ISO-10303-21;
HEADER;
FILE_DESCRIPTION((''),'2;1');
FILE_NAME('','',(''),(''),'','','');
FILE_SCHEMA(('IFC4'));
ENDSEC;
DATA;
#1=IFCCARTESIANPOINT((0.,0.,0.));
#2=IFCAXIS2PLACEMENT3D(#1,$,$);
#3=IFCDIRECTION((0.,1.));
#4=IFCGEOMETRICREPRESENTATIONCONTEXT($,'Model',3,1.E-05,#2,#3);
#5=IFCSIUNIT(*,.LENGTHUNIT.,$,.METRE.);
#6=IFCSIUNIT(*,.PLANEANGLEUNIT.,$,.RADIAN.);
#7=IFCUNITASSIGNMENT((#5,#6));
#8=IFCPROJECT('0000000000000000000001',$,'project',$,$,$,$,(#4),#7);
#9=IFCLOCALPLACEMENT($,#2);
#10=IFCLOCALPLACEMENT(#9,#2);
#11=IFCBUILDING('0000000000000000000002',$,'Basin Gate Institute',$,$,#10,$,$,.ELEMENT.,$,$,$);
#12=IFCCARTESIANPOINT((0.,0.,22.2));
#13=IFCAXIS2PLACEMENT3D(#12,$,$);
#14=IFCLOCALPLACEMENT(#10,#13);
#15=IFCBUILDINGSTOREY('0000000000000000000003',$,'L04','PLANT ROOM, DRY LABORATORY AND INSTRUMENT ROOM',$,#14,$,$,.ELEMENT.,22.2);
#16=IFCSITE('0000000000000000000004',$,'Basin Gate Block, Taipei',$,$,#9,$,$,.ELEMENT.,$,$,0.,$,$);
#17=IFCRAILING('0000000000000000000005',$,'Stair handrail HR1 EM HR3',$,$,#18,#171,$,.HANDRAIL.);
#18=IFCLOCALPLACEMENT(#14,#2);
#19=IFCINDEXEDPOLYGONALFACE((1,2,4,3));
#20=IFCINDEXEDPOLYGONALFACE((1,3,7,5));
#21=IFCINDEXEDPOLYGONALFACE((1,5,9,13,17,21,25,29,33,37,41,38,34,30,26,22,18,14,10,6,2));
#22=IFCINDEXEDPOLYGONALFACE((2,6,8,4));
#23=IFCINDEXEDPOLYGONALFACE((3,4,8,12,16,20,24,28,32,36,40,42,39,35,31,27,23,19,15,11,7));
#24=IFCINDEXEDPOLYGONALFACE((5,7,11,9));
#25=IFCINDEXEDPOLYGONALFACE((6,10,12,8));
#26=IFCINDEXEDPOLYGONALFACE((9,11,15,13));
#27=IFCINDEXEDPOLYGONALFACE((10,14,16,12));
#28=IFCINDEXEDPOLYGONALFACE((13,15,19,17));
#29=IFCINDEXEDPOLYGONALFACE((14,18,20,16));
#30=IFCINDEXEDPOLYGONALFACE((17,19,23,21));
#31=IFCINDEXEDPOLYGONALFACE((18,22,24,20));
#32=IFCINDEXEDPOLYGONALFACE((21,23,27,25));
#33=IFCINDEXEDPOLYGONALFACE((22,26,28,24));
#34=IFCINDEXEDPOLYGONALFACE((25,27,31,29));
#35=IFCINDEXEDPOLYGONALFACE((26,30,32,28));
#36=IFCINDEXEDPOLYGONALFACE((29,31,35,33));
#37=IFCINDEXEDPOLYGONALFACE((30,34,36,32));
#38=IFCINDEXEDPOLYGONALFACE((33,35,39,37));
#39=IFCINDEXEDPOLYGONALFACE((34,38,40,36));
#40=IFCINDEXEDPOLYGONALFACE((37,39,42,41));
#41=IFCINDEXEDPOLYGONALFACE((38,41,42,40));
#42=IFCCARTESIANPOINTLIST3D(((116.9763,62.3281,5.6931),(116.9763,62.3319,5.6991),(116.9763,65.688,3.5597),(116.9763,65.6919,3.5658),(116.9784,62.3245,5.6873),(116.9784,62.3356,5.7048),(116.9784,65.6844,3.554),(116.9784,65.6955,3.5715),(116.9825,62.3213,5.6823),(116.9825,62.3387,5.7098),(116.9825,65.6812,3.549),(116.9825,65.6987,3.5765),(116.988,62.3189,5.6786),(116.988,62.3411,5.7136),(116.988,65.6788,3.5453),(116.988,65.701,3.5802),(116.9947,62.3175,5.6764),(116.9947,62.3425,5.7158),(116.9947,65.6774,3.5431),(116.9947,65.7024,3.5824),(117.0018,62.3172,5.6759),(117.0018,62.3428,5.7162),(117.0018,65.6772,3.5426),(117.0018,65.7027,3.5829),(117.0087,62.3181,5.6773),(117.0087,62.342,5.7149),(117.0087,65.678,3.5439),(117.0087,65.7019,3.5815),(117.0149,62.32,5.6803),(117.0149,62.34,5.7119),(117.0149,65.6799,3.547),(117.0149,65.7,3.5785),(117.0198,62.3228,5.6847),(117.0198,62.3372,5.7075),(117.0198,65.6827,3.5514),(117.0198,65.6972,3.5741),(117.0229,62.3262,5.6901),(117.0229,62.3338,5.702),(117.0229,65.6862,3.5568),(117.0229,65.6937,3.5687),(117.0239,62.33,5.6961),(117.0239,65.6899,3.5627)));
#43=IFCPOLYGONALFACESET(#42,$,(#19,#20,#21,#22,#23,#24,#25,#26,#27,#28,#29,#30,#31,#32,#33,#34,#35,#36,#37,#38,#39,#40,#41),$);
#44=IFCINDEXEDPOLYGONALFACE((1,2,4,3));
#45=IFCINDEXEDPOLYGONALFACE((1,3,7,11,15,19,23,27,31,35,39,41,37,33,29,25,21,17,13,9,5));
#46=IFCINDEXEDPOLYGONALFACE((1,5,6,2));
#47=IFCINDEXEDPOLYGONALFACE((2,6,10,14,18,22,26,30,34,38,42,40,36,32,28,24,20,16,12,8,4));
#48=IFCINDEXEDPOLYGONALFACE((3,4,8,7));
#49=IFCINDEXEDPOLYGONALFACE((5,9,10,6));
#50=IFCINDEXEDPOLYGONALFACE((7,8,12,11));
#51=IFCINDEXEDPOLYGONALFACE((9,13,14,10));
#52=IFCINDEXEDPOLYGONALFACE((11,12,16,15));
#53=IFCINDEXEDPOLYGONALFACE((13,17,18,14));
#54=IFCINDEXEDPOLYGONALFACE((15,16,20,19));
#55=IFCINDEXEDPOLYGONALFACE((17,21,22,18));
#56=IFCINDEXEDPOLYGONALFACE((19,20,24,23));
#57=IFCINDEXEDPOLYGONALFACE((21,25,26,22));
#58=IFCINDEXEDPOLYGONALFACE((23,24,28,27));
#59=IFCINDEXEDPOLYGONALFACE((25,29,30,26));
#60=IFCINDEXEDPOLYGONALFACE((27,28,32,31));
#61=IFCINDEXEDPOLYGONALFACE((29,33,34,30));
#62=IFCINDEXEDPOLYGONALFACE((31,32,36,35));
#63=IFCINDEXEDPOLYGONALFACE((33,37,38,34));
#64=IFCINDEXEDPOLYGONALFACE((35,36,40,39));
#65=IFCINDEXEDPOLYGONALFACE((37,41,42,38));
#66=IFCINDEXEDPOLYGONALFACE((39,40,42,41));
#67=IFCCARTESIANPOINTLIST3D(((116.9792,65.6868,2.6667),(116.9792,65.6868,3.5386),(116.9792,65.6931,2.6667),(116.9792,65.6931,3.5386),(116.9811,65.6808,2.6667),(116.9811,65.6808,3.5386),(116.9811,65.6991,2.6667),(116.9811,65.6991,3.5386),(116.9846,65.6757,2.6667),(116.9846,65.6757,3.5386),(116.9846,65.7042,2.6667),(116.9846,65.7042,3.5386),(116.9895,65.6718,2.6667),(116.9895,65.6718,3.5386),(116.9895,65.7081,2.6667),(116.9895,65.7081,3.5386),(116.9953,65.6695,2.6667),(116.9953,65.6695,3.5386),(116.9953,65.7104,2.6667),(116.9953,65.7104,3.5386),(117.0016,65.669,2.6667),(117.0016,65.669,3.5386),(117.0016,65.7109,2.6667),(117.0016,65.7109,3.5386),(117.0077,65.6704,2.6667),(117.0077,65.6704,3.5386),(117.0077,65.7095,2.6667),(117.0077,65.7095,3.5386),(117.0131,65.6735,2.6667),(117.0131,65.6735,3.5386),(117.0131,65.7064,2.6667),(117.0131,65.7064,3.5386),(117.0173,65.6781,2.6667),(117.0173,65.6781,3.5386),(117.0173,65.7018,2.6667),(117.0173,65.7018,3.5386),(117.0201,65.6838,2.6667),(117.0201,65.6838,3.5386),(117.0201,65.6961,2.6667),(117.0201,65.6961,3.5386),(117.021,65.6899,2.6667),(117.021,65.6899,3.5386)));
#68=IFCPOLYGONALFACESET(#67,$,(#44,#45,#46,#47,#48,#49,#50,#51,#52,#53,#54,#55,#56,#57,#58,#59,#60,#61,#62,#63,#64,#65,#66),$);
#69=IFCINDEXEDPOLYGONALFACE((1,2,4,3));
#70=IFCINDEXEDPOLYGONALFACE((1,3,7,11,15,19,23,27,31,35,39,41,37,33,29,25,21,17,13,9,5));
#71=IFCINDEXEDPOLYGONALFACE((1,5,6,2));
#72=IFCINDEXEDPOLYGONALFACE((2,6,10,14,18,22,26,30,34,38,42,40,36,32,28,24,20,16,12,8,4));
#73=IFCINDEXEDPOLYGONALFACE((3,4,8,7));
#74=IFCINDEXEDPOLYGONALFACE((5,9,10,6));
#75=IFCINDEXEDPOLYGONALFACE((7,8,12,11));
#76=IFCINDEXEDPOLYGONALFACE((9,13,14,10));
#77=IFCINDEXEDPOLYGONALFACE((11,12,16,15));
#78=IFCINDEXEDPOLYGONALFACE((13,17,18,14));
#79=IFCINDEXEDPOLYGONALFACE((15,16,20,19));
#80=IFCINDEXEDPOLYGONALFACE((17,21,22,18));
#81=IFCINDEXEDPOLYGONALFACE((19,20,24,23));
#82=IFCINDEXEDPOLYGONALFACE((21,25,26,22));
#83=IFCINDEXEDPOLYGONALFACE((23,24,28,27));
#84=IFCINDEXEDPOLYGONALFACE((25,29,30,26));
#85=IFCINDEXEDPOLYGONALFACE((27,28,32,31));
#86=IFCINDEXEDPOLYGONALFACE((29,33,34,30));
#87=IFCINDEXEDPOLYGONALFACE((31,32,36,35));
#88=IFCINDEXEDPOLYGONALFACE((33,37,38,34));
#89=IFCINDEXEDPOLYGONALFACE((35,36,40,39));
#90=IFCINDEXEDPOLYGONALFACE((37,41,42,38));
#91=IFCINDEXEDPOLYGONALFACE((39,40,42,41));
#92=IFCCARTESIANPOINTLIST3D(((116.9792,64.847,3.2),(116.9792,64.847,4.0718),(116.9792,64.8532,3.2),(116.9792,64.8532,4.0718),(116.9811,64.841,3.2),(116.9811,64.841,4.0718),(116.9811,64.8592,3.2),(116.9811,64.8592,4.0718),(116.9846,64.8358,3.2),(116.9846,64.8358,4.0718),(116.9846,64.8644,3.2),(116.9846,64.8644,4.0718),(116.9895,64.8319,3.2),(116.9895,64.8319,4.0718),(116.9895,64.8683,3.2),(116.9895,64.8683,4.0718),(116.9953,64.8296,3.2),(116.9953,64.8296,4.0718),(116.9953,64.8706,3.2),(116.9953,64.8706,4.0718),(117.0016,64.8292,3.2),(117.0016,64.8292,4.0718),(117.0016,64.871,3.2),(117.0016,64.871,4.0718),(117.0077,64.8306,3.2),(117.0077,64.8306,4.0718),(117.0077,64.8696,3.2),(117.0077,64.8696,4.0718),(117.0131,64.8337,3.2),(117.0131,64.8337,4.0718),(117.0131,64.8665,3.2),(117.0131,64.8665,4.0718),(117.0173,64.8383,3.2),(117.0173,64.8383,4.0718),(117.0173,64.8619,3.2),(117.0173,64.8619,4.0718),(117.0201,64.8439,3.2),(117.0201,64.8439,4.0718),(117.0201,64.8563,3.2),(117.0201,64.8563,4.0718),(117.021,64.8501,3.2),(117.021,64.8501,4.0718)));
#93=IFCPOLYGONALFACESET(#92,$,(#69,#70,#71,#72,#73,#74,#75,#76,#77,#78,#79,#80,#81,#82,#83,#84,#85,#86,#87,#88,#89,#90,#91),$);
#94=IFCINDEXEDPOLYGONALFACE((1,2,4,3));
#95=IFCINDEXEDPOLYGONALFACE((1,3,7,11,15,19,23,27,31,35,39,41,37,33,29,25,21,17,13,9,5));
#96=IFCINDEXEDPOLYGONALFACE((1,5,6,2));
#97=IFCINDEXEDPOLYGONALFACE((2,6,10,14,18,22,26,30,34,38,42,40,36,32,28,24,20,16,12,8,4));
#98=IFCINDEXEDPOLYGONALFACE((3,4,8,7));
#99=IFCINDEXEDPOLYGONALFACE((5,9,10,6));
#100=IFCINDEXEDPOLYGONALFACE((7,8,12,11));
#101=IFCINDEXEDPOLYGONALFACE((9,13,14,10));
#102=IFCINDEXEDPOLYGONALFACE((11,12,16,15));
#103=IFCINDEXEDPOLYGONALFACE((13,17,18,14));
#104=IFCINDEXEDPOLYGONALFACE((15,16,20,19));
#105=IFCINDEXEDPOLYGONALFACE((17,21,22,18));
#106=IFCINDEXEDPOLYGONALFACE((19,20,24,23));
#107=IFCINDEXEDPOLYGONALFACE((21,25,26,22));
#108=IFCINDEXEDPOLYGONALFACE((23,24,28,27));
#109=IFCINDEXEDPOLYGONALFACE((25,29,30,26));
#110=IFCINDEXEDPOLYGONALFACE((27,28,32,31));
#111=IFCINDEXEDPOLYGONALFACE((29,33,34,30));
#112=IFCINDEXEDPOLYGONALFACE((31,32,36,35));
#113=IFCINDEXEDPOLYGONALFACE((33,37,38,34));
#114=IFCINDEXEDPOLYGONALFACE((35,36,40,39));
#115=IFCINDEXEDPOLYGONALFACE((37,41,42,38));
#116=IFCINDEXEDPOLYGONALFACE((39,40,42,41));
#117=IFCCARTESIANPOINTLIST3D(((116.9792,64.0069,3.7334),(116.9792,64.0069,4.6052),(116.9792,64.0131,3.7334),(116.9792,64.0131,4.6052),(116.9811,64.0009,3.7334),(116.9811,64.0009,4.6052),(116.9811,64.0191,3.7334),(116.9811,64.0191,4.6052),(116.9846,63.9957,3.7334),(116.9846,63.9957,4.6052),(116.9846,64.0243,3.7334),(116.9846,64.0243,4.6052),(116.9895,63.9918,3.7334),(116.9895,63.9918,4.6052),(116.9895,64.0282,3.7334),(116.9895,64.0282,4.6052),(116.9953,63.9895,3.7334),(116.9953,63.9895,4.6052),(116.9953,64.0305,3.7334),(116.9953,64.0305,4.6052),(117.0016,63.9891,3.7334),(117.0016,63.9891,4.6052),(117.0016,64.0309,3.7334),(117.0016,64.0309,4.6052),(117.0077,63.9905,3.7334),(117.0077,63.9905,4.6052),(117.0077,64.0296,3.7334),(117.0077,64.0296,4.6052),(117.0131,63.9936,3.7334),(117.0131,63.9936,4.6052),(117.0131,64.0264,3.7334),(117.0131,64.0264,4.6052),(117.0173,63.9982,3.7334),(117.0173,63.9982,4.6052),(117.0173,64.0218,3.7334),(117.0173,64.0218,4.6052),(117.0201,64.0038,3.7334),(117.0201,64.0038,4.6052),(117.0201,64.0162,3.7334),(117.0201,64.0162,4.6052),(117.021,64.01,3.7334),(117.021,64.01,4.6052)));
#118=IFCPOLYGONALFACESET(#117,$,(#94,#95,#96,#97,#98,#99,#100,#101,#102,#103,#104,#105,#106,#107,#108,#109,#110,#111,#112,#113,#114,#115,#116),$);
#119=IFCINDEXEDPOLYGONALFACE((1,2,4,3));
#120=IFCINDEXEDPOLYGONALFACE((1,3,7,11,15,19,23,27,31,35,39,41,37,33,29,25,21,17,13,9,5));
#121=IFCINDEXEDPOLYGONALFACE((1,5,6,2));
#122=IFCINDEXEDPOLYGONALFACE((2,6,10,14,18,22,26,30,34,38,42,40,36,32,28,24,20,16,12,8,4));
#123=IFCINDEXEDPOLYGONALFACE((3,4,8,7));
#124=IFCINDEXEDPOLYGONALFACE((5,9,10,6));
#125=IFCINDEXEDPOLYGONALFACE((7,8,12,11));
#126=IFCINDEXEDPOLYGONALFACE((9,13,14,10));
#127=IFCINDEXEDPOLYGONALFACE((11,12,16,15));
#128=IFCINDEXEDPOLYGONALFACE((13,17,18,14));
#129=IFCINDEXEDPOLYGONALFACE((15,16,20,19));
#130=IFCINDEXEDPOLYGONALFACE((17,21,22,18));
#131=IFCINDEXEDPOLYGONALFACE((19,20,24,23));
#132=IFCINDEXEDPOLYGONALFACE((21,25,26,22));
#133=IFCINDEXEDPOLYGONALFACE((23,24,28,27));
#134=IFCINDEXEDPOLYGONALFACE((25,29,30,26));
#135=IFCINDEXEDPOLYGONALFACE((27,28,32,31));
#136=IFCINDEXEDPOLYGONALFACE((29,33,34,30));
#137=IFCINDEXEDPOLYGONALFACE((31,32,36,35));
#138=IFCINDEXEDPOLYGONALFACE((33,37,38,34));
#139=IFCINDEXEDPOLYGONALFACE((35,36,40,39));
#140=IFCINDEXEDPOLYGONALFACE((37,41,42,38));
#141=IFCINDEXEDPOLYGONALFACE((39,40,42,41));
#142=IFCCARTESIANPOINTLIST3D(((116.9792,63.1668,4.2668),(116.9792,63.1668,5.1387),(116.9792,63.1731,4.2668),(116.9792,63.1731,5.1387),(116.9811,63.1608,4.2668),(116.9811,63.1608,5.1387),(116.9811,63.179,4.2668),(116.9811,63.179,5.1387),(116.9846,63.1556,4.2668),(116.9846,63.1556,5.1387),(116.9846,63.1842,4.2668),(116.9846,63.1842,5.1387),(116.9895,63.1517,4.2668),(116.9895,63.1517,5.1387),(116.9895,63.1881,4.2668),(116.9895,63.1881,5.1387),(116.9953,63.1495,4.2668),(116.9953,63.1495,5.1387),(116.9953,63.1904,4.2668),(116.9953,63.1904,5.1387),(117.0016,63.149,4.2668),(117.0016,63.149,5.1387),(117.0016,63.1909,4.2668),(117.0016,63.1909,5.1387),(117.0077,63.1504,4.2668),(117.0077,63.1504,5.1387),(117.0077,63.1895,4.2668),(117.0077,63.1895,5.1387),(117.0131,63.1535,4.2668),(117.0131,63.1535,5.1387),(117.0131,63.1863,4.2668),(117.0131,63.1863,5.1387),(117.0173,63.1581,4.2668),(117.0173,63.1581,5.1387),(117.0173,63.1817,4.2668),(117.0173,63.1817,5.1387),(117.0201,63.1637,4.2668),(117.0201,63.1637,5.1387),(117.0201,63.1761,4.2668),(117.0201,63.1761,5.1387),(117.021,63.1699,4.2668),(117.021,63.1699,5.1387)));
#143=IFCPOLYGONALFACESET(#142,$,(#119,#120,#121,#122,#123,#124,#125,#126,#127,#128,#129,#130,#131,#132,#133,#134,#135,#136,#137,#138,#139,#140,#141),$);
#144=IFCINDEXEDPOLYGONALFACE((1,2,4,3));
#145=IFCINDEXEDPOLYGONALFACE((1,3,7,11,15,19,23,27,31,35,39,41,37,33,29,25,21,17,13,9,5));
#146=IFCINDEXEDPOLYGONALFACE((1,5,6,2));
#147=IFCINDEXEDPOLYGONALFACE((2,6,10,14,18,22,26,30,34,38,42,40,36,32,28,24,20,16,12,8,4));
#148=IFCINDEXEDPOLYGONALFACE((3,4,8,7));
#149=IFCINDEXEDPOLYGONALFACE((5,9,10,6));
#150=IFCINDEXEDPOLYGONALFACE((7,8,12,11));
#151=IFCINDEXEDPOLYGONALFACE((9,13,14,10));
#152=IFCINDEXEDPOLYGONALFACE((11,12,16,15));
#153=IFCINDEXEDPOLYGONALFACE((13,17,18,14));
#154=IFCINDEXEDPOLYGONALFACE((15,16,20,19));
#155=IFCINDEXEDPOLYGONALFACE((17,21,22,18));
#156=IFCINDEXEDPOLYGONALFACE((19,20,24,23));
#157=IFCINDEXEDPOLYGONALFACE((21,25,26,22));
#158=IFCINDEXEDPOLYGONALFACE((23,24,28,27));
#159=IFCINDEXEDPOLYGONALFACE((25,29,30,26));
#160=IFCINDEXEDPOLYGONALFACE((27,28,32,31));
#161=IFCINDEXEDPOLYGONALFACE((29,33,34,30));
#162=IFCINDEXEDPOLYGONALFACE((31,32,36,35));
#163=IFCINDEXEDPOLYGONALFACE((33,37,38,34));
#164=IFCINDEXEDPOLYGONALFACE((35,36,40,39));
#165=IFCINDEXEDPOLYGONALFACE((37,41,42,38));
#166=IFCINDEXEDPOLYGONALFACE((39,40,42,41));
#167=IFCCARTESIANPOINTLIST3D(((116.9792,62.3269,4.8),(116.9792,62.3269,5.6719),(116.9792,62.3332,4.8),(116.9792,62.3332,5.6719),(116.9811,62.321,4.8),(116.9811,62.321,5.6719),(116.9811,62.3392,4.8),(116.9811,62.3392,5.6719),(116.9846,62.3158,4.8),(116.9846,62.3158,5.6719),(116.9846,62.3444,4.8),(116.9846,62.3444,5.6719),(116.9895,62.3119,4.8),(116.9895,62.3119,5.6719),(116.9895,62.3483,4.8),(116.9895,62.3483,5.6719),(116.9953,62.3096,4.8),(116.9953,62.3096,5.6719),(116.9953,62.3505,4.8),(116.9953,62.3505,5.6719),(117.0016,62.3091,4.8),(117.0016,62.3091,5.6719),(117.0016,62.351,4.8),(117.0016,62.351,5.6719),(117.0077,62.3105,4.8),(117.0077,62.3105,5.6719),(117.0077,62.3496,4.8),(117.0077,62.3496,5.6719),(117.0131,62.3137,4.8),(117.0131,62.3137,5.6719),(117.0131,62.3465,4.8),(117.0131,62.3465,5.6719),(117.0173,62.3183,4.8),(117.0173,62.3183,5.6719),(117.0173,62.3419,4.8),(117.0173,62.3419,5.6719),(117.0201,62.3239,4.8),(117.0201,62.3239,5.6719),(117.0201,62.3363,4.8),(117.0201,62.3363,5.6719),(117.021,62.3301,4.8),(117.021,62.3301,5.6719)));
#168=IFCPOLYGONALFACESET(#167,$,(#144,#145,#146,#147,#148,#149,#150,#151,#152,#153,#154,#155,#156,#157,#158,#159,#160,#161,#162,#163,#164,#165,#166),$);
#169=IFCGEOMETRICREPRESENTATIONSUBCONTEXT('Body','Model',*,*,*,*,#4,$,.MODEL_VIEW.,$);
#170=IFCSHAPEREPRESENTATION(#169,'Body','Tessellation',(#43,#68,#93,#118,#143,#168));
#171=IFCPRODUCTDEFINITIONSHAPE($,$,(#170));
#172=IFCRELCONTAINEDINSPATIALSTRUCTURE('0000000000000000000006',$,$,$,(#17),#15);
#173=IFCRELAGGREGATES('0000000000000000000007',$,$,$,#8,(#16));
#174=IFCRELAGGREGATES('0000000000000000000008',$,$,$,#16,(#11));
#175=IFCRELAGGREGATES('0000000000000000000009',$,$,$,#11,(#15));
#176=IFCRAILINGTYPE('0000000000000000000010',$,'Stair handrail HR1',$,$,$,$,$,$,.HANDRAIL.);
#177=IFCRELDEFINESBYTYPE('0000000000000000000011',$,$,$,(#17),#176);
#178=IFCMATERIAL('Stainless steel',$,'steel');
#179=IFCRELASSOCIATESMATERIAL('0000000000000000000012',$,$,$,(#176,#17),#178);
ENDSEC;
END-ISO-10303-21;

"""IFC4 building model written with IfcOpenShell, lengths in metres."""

from ifc_helpers import new_model, si_unit, direction, frame, origin, origin_2d, place, context, subcontext, project, spatial, circle, extrude, material, type_object, element, save


model = new_model("IFC4")

# Units and contexts
model_context = context("Model", 3, precision=1e-05, world=origin(), true_north=direction((0.0, 1.0)))
body_context = subcontext(model_context, "Body", "Model", "MODEL_VIEW")
ifc_project = project(units=[si_unit("LENGTHUNIT", "METRE"), si_unit("PLANEANGLEUNIT", "RADIAN")], contexts=[model_context])

# Site, building, storey
site_placement = place(None, origin())
site = spatial("IfcSite", under=ifc_project, at=site_placement, Name="Basin Gate Block, Taipei", CompositionType="ELEMENT", RefElevation=0.0)
building_placement = place(site_placement, origin())
building = spatial("IfcBuilding", under=site, at=building_placement, Name="Basin Gate Institute", CompositionType="ELEMENT")
storey_placement = place(building_placement, frame((0.0, 0.0, 22.2)))
storey = spatial("IfcBuildingStorey", under=building, at=storey_placement, Name="L04", Description="PLANT ROOM, DRY LABORATORY AND INSTRUMENT ROOM", CompositionType="ELEMENT", Elevation=22.2)

# Railing
ifc_material_1 = material(Name="Stainless steel", Category="steel")
railing_type_1 = type_object("IfcRailingType", Name="Stair handrail HR1", PredefinedType="HANDRAIL", material=ifc_material_1)
railing_1_placement = place(storey_placement, frame((117.0, 65.6899, 2.6667)))
element("IfcRailing", 1, at=railing_1_placement, inside=storey, type_object=railing_type_1, material=ifc_material_1, Name="Stair handrail HR1 EM HR3", PredefinedType="HANDRAIL", context=body_context, shape_type="SweptSolid", body=[
    extrude(circle(Radius=0.0239, at=origin_2d()), frame((0.0, 0.0, 0.896), z_axis=(0.0, -0.844207, 0.536018), x_axis=(1.0, 0.0, 0.0)), (0.0, 0.0, 1.0), 3.98),
    extrude(circle(Radius=0.021, at=origin_2d()), origin(), (0.0, 0.0, 1.0), 0.8718),
    extrude(circle(Radius=0.021, at=origin_2d()), frame((0.0, -0.8398, 0.5332)), (0.0, 0.0, 1.0), 0.8718),
    extrude(circle(Radius=0.021, at=origin_2d()), frame((0.0, -1.6799, 1.0667)), (0.0, 0.0, 1.0), 0.8718),
    extrude(circle(Radius=0.021, at=origin_2d()), frame((0.0, -2.52, 1.6001)), (0.0, 0.0, 1.0), 0.8718),
    extrude(circle(Radius=0.021, at=origin_2d()), frame((0.0, -3.3599, 2.1333)), (0.0, 0.0, 1.0), 0.8718),
])

save(model, "model.ifc")
